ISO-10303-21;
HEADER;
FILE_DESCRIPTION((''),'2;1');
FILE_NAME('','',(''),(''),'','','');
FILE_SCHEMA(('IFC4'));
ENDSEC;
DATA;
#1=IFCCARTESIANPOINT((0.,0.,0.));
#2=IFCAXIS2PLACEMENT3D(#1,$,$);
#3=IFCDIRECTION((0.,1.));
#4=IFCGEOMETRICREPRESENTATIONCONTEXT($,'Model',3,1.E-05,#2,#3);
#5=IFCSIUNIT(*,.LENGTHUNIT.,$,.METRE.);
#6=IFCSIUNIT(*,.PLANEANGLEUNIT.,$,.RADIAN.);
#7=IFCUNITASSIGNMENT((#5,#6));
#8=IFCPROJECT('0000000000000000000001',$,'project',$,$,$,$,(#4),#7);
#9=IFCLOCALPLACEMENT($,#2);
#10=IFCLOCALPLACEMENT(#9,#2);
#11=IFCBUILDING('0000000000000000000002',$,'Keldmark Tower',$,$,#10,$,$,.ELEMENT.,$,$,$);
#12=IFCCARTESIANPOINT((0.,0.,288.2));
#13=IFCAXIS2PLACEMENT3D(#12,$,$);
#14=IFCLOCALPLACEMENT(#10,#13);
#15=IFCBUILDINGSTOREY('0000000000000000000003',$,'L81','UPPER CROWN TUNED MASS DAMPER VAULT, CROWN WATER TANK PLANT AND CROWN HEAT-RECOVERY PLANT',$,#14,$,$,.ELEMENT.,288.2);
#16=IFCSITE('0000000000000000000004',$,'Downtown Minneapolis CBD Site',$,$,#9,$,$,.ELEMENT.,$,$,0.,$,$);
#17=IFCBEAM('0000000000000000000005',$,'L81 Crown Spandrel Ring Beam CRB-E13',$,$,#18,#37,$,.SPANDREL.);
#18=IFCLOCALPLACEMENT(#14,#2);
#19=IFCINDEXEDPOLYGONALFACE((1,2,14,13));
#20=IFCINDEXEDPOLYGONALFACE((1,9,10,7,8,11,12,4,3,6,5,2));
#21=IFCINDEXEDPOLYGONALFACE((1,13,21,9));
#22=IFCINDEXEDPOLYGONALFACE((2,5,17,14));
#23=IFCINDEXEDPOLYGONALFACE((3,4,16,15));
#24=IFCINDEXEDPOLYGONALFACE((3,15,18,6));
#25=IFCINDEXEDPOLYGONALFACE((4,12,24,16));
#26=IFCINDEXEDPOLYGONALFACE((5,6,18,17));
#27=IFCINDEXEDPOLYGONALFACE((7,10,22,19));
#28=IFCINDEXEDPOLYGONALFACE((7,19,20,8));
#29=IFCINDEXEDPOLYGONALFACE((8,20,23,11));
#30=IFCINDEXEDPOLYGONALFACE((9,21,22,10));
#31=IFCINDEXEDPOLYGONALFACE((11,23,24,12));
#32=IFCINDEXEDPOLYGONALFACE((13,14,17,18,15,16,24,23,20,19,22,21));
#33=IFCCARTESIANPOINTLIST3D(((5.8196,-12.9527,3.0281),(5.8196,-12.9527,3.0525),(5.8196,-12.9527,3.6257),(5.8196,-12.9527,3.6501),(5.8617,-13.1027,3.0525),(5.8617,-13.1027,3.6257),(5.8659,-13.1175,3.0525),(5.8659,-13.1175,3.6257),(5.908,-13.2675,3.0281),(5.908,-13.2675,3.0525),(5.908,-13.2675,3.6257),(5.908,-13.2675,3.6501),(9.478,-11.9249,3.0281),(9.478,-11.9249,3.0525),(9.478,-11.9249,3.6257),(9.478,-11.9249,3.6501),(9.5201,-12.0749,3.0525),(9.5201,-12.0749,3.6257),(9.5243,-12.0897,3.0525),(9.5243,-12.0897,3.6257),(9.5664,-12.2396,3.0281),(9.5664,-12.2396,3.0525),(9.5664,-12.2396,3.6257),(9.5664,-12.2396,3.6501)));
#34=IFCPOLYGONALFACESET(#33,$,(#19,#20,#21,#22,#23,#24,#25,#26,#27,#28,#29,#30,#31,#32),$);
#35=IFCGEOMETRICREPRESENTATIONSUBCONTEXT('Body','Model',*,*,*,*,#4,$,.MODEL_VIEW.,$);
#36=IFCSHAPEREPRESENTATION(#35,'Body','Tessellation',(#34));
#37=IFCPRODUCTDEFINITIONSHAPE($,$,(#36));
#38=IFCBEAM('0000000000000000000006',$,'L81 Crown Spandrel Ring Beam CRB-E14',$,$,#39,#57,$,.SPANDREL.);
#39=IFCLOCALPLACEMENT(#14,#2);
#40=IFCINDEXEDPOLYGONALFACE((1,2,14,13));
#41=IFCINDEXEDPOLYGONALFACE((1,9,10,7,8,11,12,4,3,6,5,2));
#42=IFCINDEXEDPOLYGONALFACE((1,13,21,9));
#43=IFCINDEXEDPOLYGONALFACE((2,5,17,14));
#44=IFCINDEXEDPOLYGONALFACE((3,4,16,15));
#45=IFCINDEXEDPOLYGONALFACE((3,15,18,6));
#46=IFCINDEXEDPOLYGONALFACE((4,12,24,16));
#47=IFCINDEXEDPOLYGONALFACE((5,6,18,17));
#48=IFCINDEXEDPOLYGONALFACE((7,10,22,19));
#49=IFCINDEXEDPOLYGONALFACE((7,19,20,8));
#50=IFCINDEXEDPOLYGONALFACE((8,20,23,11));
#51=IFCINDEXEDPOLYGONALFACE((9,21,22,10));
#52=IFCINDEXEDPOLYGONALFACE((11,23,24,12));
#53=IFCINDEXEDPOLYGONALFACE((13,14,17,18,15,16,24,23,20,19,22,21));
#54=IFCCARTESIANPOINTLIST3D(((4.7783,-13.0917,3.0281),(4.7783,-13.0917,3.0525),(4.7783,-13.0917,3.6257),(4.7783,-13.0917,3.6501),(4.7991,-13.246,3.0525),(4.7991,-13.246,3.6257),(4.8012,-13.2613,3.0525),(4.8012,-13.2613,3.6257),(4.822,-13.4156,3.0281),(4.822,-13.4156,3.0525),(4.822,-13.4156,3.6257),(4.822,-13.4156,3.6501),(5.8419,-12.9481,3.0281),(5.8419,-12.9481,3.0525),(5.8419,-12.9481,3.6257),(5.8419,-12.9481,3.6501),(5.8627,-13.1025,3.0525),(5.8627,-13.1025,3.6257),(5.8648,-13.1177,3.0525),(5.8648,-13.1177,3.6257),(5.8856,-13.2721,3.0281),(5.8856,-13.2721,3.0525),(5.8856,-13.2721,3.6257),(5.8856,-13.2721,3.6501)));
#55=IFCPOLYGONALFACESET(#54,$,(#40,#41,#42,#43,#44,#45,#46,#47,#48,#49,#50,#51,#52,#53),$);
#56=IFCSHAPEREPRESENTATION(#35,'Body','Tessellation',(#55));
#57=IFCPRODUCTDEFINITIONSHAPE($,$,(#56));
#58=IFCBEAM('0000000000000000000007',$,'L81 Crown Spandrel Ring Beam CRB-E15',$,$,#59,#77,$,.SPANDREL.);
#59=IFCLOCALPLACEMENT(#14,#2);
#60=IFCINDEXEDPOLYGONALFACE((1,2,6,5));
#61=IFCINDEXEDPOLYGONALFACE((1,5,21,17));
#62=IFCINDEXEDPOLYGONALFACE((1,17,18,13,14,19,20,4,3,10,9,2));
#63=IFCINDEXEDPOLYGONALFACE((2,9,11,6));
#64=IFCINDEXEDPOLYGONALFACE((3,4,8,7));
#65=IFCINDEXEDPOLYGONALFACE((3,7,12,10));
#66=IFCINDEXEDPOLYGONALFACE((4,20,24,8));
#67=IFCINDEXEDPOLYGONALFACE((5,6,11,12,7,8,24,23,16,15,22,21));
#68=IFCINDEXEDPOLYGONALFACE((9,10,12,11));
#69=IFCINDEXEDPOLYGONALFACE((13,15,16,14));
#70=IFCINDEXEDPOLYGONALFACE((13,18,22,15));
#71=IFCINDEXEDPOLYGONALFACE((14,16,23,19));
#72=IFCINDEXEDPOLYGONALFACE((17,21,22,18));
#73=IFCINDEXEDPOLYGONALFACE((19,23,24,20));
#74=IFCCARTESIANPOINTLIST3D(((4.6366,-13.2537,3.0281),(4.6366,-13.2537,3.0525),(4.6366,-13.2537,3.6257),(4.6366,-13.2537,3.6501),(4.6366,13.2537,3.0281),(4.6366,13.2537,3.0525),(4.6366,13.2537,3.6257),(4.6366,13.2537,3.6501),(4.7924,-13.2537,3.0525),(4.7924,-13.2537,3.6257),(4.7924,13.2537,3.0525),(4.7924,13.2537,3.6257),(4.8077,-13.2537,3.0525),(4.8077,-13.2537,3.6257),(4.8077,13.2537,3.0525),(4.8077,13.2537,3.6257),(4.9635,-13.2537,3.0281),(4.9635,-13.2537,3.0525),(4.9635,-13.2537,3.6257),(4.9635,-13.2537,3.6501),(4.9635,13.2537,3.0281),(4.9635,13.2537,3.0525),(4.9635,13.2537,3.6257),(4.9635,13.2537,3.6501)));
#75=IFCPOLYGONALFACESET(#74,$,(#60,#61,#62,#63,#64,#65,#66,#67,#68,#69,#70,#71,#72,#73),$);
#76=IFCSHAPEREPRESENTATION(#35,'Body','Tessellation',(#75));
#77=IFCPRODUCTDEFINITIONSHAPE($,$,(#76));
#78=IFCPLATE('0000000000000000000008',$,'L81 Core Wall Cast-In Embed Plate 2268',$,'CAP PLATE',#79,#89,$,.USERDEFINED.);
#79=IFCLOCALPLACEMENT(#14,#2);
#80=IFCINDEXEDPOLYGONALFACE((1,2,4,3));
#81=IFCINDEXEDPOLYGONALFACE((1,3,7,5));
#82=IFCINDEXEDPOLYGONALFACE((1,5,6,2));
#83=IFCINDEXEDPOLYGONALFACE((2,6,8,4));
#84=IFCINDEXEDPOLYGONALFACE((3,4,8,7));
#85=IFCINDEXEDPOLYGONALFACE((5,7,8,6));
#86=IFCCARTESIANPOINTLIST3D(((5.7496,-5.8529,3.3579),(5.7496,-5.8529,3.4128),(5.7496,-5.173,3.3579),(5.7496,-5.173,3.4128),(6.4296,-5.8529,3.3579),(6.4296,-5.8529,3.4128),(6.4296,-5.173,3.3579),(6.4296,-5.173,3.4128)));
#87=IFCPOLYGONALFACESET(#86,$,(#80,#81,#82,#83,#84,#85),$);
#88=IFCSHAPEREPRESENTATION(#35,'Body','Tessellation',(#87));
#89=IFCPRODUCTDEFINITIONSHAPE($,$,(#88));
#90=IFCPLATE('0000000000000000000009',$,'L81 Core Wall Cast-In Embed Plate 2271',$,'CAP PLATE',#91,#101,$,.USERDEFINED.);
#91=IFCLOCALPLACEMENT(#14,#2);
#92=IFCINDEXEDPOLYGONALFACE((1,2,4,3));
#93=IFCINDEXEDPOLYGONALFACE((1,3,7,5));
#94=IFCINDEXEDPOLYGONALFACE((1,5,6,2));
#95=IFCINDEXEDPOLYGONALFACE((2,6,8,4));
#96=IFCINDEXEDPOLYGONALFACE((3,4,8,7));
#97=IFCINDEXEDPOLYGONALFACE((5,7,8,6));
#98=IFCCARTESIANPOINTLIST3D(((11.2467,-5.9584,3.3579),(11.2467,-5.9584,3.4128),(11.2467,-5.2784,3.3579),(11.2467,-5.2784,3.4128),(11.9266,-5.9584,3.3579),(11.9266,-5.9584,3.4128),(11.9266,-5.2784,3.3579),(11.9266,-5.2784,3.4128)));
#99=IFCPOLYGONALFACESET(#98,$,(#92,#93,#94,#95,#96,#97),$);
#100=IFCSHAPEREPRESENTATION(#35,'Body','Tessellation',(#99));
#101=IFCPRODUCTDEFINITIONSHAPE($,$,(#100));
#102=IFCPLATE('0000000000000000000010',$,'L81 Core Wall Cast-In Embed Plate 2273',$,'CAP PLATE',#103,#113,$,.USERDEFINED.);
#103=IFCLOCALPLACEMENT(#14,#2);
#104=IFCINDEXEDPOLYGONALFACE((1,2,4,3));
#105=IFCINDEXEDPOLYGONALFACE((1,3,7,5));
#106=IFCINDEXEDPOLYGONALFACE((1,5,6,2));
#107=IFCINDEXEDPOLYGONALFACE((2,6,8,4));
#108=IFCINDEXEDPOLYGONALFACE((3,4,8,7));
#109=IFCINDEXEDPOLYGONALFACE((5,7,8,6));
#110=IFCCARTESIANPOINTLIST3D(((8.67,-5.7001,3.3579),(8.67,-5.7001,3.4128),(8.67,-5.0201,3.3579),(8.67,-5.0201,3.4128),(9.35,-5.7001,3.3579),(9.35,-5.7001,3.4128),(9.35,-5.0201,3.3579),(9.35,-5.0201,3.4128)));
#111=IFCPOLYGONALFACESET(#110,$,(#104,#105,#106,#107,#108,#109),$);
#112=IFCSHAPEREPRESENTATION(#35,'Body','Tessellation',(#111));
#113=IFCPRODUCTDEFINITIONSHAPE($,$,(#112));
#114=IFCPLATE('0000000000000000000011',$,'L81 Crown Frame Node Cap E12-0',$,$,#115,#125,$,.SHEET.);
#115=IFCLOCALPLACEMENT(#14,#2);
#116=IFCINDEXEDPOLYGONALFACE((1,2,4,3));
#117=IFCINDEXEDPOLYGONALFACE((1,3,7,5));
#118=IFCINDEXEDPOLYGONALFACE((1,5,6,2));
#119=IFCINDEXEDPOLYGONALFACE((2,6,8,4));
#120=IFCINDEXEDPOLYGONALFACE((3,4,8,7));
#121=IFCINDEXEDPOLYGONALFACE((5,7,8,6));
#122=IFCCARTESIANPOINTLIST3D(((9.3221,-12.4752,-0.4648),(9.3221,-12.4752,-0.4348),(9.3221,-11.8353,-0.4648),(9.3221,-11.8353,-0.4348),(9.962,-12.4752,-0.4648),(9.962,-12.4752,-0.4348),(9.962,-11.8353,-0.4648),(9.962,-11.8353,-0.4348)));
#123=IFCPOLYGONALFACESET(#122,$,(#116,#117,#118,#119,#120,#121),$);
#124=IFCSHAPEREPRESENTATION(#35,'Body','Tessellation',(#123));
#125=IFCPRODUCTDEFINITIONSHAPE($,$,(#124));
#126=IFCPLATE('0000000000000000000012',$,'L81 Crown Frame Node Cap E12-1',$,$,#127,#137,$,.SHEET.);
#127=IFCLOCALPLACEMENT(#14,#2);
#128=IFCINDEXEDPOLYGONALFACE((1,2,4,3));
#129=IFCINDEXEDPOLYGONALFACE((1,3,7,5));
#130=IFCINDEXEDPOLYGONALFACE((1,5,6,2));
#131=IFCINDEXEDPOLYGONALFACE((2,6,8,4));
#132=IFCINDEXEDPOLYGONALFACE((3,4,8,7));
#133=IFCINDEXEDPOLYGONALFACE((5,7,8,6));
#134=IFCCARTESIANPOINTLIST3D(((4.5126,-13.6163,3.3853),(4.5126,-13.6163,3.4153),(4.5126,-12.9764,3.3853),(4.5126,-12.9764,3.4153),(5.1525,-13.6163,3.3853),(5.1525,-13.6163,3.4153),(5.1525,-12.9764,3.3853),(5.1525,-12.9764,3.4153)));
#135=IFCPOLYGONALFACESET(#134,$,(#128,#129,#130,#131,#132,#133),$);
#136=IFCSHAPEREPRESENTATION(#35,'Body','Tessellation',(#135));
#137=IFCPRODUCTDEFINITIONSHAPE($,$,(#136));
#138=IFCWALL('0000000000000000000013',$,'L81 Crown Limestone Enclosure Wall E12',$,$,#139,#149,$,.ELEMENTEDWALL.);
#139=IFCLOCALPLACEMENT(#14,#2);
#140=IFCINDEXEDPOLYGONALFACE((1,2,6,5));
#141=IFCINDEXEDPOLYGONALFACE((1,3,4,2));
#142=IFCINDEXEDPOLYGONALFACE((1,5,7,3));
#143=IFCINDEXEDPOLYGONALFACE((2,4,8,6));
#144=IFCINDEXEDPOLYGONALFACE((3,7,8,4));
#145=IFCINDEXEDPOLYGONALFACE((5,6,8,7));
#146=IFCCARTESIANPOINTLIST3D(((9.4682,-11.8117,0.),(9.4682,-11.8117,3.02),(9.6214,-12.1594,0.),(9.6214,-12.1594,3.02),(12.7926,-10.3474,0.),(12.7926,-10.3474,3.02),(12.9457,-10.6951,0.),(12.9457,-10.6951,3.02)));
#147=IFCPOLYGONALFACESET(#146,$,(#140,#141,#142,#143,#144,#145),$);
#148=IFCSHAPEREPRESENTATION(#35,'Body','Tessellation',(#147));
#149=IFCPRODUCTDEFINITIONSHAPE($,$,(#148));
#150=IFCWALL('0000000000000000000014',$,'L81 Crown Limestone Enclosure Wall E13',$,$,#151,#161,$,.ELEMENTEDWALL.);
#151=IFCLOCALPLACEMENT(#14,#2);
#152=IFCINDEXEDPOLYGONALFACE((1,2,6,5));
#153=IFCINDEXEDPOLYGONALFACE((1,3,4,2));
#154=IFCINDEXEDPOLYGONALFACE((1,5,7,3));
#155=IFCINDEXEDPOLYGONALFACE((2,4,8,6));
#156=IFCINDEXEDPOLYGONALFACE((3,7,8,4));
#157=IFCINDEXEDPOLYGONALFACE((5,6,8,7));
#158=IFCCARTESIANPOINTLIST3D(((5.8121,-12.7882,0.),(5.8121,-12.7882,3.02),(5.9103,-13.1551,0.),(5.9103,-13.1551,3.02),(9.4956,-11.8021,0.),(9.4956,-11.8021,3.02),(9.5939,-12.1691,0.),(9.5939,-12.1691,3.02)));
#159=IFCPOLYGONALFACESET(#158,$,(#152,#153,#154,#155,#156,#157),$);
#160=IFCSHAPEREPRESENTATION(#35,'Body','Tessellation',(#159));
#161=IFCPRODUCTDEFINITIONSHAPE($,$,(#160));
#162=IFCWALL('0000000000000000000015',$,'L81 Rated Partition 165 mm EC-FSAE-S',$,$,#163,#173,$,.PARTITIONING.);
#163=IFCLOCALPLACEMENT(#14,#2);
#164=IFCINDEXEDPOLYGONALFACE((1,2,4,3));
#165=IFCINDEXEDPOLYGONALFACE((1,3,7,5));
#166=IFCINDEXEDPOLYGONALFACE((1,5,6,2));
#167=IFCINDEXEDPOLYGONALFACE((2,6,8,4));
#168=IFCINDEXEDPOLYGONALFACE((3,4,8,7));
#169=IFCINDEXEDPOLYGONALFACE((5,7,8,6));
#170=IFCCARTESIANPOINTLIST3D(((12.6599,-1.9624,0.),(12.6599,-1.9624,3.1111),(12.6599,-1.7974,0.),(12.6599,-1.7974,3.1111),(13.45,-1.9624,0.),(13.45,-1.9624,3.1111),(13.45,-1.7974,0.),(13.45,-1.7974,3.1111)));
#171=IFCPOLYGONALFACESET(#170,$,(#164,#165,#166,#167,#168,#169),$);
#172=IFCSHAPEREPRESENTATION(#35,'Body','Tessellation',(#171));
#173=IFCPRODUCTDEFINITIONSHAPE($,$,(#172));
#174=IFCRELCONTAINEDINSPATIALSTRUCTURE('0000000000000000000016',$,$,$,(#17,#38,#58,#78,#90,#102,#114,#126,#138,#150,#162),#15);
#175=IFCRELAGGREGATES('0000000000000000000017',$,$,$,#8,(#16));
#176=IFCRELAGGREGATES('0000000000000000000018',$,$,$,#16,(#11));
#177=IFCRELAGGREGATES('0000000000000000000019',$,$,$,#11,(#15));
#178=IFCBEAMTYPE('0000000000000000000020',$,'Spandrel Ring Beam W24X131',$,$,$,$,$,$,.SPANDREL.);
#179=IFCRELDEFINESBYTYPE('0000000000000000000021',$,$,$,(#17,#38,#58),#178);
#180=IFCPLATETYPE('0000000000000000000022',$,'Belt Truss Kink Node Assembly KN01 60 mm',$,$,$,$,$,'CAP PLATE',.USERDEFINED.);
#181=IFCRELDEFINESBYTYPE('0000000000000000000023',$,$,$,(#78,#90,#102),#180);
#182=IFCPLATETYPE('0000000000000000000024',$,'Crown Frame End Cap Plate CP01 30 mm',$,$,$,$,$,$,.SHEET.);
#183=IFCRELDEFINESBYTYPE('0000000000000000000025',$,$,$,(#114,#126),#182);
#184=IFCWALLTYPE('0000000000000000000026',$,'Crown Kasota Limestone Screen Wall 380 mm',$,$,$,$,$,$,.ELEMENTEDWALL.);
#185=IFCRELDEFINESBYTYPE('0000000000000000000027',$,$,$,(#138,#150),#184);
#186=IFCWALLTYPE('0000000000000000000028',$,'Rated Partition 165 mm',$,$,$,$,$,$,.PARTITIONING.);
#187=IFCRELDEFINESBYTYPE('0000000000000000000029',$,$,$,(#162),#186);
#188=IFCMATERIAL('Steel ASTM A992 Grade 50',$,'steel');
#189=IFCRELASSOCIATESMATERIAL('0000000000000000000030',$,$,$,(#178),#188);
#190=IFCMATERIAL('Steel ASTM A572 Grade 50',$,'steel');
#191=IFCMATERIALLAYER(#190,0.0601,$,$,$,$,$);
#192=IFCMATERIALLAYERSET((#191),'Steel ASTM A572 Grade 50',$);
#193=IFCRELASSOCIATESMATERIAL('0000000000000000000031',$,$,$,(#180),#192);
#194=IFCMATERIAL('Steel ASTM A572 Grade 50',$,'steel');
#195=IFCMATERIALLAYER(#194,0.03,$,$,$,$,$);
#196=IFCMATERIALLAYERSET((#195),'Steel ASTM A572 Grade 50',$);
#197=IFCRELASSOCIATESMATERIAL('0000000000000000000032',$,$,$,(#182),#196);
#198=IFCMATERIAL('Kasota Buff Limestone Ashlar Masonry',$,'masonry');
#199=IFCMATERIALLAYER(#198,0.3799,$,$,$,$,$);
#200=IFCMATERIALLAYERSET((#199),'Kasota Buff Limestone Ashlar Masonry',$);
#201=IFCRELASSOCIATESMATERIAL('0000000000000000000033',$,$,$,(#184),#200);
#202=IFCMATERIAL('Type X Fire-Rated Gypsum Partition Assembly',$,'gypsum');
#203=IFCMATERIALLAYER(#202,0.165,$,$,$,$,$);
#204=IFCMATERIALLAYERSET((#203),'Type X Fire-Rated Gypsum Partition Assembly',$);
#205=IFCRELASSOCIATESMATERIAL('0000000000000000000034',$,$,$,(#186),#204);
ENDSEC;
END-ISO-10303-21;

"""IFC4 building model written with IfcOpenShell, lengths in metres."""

from ifc_helpers import new_model, si_unit, direction, frame, frame_2d, origin, origin_2d, place, context, subcontext, project, spatial, rectangle, i_section, extrude, material, layer, layer_set, material_profile, profile_set, type_object, element, save


model = new_model("IFC4")

# Units and contexts
model_context = context("Model", 3, precision=1e-05, world=origin(), true_north=direction((0.0, 1.0)))
body_context = subcontext(model_context, "Body", "Model", "MODEL_VIEW")
ifc_project = project(units=[si_unit("LENGTHUNIT", "METRE"), si_unit("PLANEANGLEUNIT", "RADIAN")], contexts=[model_context])

# Site, building, storey
site_placement = place(None, origin())
site = spatial("IfcSite", under=ifc_project, at=site_placement, Name="Downtown Minneapolis CBD Site", CompositionType="ELEMENT", RefElevation=0.0)
building_placement = place(site_placement, origin())
building = spatial("IfcBuilding", under=site, at=building_placement, Name="Keldmark Tower", CompositionType="ELEMENT")
storey_placement = place(building_placement, frame((0.0, 0.0, 288.2)))
storey = spatial("IfcBuildingStorey", under=building, at=storey_placement, Name="L81", Description="UPPER CROWN TUNED MASS DAMPER VAULT, CROWN WATER TANK PLANT AND CROWN HEAT-RECOVERY PLANT", CompositionType="ELEMENT", Elevation=288.2)

# Beams
ifc_material_1 = material(Name="Steel ASTM A992 Grade 50", Category="steel")
ifc_material_profile_1 = material_profile(ifc_material_1, i_section(OverallWidth=0.3269, OverallDepth=0.6221, WebThickness=0.0154, FlangeThickness=0.0244, at=origin_2d()), Name="W24X131")
ifc_profile_set_1 = profile_set([ifc_material_profile_1], Name="Steel ASTM A992 Grade 50")
beam_type_1 = type_object("IfcBeamType", Name="Spandrel Ring Beam W24X131", PredefinedType="SPANDREL", material=ifc_profile_set_1)
beam_1_placement = place(storey_placement, frame((9.5222, -12.0823, 3.3391), z_axis=(-0.962727, -0.270476, 0.0), x_axis=(0.270476, -0.962727, 0.0)))
element("IfcBeam", 1, at=beam_1_placement, inside=storey, type_object=beam_type_1, Name="L81 Crown Spandrel Ring Beam CRB-E13", PredefinedType="SPANDREL", context=body_context, shape_type="SweptSolid", body=[
    extrude(i_section(OverallWidth=0.3269, OverallDepth=0.6221, WebThickness=0.0154, FlangeThickness=0.0244, at=origin_2d()), origin(), (0.0, 0.0, 1.0), 3.8),
])
beam_2_placement = place(storey_placement, frame((5.8638, -13.1101, 3.3391), z_axis=(-0.991016, -0.133743, 0.0), x_axis=(0.133743, -0.991016, 0.0)))
element("IfcBeam", 2, at=beam_2_placement, inside=storey, type_object=beam_type_1, Name="L81 Crown Spandrel Ring Beam CRB-E14", PredefinedType="SPANDREL", context=body_context, shape_type="SweptSolid", body=[
    extrude(i_section(OverallWidth=0.3269, OverallDepth=0.6221, WebThickness=0.0154, FlangeThickness=0.0244, at=origin_2d()), origin(), (0.0, 0.0, 1.0), 1.0732),
])
beam_3_placement = place(storey_placement, frame((4.8, -13.2537, 3.3391), z_axis=(0.0, 1.0, 0.0), x_axis=(-1.0, 0.0, 0.0)))
element("IfcBeam", 3, at=beam_3_placement, inside=storey, type_object=beam_type_1, Name="L81 Crown Spandrel Ring Beam CRB-E15", PredefinedType="SPANDREL", context=body_context, shape_type="SweptSolid", body=[
    extrude(i_section(OverallWidth=0.3269, OverallDepth=0.6221, WebThickness=0.0154, FlangeThickness=0.0244, at=origin_2d()), origin(), (0.0, 0.0, 1.0), 26.5073),
])

# Plates
ifc_material_2 = material(Name="Steel ASTM A572 Grade 50", Category="steel")
ifc_layer_1 = layer(ifc_material_2, 0.0601)
ifc_layer_set_1 = layer_set([ifc_layer_1], Name="Steel ASTM A572 Grade 50")
plate_type_1 = type_object("IfcPlateType", Name="Belt Truss Kink Node Assembly KN01 60 mm", ElementType="CAP PLATE", PredefinedType="USERDEFINED", material=ifc_layer_set_1)
for number, where, z_axis, x_axis, name in (
    (4, (6.0896, -5.5129, 3.3579), (0.0, 0.0, 1.0), (1.0, 0.0, 0.0), "L81 Core Wall Cast-In Embed Plate 2268"),
    (5, (11.5867, -5.6184, 3.3579), (0.0, 0.0, 1.0), (1.0, 0.0, 0.0), "L81 Core Wall Cast-In Embed Plate 2271"),
    (6, (9.01, -5.3601, 3.3579), (0.0, 0.0, 1.0), (1.0, 0.0, 0.0), "L81 Core Wall Cast-In Embed Plate 2273"),
):
    element("IfcPlate", number, at=place(storey_placement, frame(where, z_axis=z_axis, x_axis=x_axis)), inside=storey, type_object=plate_type_1, Name=name, ObjectType="CAP PLATE", PredefinedType="USERDEFINED", context=body_context, shape_type="SweptSolid", body=[
        extrude(rectangle(XDim=0.6799, YDim=0.6799, at=origin_2d()), origin(), (0.0, 0.0, 1.0), 0.0549),
    ])
ifc_material_3 = material(Name="Steel ASTM A572 Grade 50", Category="steel")
ifc_layer_2 = layer(ifc_material_3, 0.03)
ifc_layer_set_2 = layer_set([ifc_layer_2], Name="Steel ASTM A572 Grade 50")
plate_type_2 = type_object("IfcPlateType", Name="Crown Frame End Cap Plate CP01 30 mm", PredefinedType="SHEET", material=ifc_layer_set_2)
for number, where, z_axis, x_axis, name in (
    (7, (9.6421, -12.1553, -0.4648), (0.0, 0.0, 1.0), (1.0, 0.0, 0.0), "L81 Crown Frame Node Cap E12-0"),
    (8, (4.8325, -13.2964, 3.3853), (0.0, 0.0, 1.0), (1.0, 0.0, 0.0), "L81 Crown Frame Node Cap E12-1"),
):
    element("IfcPlate", number, at=place(storey_placement, frame(where, z_axis=z_axis, x_axis=x_axis)), inside=storey, type_object=plate_type_2, Name=name, PredefinedType="SHEET", context=body_context, shape_type="SweptSolid", body=[
        extrude(rectangle(XDim=0.6399, YDim=0.6399, at=origin_2d()), origin(), (0.0, 0.0, 1.0), 0.03),
    ])

# Walls
ifc_material_4 = material(Name="Kasota Buff Limestone Ashlar Masonry", Category="masonry")
ifc_layer_3 = layer(ifc_material_4, 0.3799)
ifc_layer_set_3 = layer_set([ifc_layer_3], Name="Kasota Buff Limestone Ashlar Masonry")
wall_type_1 = type_object("IfcWallType", Name="Crown Kasota Limestone Screen Wall 380 mm", PredefinedType="ELEMENTEDWALL", material=ifc_layer_set_3)
wall_1_placement = place(storey_placement, frame((9.5447, -11.9856, 0.0), z_axis=(0.0, 0.0, 1.0), x_axis=(0.915153, 0.403106, 0.0)))
element("IfcWall", 9, at=wall_1_placement, inside=storey, type_object=wall_type_1, Name="L81 Crown Limestone Enclosure Wall E12", PredefinedType="ELEMENTEDWALL", context=body_context, shape_type="SweptSolid", body=[
    extrude(rectangle(XDim=3.6326, YDim=0.3799, at=frame_2d((1.8164, 0.0))), origin(), (0.0, 0.0, 1.0), 3.02),
])
wall_2_placement = place(storey_placement, frame((5.8611, -12.9717, 0.0), z_axis=(0.0, 0.0, 1.0), x_axis=(0.965987, 0.258591, 0.0)))
element("IfcWall", 10, at=wall_2_placement, inside=storey, type_object=wall_type_1, Name="L81 Crown Limestone Enclosure Wall E13", PredefinedType="ELEMENTEDWALL", context=body_context, shape_type="SweptSolid", body=[
    extrude(rectangle(XDim=3.8132, YDim=0.3799, at=frame_2d((1.9067, 0.0))), origin(), (0.0, 0.0, 1.0), 3.02),
])
ifc_material_5 = material(Name="Type X Fire-Rated Gypsum Partition Assembly", Category="gypsum")
ifc_layer_4 = layer(ifc_material_5, 0.165)
ifc_layer_set_4 = layer_set([ifc_layer_4], Name="Type X Fire-Rated Gypsum Partition Assembly")
wall_type_2 = type_object("IfcWallType", Name="Rated Partition 165 mm", PredefinedType="PARTITIONING", material=ifc_layer_set_4)
wall_3_placement = place(storey_placement, frame((12.6599, -1.8799, 0.0), z_axis=(0.0, 0.0, 1.0), x_axis=(1.0, 0.0, 0.0)))
element("IfcWall", 11, at=wall_3_placement, inside=storey, type_object=wall_type_2, Name="L81 Rated Partition 165 mm EC-FSAE-S", PredefinedType="PARTITIONING", context=body_context, shape_type="SweptSolid", body=[
    extrude(rectangle(XDim=0.79, YDim=0.165, at=frame_2d((0.395, 0.0))), origin(), (0.0, 0.0, 1.0), 3.1111),
])

save(model, "model.ifc")
